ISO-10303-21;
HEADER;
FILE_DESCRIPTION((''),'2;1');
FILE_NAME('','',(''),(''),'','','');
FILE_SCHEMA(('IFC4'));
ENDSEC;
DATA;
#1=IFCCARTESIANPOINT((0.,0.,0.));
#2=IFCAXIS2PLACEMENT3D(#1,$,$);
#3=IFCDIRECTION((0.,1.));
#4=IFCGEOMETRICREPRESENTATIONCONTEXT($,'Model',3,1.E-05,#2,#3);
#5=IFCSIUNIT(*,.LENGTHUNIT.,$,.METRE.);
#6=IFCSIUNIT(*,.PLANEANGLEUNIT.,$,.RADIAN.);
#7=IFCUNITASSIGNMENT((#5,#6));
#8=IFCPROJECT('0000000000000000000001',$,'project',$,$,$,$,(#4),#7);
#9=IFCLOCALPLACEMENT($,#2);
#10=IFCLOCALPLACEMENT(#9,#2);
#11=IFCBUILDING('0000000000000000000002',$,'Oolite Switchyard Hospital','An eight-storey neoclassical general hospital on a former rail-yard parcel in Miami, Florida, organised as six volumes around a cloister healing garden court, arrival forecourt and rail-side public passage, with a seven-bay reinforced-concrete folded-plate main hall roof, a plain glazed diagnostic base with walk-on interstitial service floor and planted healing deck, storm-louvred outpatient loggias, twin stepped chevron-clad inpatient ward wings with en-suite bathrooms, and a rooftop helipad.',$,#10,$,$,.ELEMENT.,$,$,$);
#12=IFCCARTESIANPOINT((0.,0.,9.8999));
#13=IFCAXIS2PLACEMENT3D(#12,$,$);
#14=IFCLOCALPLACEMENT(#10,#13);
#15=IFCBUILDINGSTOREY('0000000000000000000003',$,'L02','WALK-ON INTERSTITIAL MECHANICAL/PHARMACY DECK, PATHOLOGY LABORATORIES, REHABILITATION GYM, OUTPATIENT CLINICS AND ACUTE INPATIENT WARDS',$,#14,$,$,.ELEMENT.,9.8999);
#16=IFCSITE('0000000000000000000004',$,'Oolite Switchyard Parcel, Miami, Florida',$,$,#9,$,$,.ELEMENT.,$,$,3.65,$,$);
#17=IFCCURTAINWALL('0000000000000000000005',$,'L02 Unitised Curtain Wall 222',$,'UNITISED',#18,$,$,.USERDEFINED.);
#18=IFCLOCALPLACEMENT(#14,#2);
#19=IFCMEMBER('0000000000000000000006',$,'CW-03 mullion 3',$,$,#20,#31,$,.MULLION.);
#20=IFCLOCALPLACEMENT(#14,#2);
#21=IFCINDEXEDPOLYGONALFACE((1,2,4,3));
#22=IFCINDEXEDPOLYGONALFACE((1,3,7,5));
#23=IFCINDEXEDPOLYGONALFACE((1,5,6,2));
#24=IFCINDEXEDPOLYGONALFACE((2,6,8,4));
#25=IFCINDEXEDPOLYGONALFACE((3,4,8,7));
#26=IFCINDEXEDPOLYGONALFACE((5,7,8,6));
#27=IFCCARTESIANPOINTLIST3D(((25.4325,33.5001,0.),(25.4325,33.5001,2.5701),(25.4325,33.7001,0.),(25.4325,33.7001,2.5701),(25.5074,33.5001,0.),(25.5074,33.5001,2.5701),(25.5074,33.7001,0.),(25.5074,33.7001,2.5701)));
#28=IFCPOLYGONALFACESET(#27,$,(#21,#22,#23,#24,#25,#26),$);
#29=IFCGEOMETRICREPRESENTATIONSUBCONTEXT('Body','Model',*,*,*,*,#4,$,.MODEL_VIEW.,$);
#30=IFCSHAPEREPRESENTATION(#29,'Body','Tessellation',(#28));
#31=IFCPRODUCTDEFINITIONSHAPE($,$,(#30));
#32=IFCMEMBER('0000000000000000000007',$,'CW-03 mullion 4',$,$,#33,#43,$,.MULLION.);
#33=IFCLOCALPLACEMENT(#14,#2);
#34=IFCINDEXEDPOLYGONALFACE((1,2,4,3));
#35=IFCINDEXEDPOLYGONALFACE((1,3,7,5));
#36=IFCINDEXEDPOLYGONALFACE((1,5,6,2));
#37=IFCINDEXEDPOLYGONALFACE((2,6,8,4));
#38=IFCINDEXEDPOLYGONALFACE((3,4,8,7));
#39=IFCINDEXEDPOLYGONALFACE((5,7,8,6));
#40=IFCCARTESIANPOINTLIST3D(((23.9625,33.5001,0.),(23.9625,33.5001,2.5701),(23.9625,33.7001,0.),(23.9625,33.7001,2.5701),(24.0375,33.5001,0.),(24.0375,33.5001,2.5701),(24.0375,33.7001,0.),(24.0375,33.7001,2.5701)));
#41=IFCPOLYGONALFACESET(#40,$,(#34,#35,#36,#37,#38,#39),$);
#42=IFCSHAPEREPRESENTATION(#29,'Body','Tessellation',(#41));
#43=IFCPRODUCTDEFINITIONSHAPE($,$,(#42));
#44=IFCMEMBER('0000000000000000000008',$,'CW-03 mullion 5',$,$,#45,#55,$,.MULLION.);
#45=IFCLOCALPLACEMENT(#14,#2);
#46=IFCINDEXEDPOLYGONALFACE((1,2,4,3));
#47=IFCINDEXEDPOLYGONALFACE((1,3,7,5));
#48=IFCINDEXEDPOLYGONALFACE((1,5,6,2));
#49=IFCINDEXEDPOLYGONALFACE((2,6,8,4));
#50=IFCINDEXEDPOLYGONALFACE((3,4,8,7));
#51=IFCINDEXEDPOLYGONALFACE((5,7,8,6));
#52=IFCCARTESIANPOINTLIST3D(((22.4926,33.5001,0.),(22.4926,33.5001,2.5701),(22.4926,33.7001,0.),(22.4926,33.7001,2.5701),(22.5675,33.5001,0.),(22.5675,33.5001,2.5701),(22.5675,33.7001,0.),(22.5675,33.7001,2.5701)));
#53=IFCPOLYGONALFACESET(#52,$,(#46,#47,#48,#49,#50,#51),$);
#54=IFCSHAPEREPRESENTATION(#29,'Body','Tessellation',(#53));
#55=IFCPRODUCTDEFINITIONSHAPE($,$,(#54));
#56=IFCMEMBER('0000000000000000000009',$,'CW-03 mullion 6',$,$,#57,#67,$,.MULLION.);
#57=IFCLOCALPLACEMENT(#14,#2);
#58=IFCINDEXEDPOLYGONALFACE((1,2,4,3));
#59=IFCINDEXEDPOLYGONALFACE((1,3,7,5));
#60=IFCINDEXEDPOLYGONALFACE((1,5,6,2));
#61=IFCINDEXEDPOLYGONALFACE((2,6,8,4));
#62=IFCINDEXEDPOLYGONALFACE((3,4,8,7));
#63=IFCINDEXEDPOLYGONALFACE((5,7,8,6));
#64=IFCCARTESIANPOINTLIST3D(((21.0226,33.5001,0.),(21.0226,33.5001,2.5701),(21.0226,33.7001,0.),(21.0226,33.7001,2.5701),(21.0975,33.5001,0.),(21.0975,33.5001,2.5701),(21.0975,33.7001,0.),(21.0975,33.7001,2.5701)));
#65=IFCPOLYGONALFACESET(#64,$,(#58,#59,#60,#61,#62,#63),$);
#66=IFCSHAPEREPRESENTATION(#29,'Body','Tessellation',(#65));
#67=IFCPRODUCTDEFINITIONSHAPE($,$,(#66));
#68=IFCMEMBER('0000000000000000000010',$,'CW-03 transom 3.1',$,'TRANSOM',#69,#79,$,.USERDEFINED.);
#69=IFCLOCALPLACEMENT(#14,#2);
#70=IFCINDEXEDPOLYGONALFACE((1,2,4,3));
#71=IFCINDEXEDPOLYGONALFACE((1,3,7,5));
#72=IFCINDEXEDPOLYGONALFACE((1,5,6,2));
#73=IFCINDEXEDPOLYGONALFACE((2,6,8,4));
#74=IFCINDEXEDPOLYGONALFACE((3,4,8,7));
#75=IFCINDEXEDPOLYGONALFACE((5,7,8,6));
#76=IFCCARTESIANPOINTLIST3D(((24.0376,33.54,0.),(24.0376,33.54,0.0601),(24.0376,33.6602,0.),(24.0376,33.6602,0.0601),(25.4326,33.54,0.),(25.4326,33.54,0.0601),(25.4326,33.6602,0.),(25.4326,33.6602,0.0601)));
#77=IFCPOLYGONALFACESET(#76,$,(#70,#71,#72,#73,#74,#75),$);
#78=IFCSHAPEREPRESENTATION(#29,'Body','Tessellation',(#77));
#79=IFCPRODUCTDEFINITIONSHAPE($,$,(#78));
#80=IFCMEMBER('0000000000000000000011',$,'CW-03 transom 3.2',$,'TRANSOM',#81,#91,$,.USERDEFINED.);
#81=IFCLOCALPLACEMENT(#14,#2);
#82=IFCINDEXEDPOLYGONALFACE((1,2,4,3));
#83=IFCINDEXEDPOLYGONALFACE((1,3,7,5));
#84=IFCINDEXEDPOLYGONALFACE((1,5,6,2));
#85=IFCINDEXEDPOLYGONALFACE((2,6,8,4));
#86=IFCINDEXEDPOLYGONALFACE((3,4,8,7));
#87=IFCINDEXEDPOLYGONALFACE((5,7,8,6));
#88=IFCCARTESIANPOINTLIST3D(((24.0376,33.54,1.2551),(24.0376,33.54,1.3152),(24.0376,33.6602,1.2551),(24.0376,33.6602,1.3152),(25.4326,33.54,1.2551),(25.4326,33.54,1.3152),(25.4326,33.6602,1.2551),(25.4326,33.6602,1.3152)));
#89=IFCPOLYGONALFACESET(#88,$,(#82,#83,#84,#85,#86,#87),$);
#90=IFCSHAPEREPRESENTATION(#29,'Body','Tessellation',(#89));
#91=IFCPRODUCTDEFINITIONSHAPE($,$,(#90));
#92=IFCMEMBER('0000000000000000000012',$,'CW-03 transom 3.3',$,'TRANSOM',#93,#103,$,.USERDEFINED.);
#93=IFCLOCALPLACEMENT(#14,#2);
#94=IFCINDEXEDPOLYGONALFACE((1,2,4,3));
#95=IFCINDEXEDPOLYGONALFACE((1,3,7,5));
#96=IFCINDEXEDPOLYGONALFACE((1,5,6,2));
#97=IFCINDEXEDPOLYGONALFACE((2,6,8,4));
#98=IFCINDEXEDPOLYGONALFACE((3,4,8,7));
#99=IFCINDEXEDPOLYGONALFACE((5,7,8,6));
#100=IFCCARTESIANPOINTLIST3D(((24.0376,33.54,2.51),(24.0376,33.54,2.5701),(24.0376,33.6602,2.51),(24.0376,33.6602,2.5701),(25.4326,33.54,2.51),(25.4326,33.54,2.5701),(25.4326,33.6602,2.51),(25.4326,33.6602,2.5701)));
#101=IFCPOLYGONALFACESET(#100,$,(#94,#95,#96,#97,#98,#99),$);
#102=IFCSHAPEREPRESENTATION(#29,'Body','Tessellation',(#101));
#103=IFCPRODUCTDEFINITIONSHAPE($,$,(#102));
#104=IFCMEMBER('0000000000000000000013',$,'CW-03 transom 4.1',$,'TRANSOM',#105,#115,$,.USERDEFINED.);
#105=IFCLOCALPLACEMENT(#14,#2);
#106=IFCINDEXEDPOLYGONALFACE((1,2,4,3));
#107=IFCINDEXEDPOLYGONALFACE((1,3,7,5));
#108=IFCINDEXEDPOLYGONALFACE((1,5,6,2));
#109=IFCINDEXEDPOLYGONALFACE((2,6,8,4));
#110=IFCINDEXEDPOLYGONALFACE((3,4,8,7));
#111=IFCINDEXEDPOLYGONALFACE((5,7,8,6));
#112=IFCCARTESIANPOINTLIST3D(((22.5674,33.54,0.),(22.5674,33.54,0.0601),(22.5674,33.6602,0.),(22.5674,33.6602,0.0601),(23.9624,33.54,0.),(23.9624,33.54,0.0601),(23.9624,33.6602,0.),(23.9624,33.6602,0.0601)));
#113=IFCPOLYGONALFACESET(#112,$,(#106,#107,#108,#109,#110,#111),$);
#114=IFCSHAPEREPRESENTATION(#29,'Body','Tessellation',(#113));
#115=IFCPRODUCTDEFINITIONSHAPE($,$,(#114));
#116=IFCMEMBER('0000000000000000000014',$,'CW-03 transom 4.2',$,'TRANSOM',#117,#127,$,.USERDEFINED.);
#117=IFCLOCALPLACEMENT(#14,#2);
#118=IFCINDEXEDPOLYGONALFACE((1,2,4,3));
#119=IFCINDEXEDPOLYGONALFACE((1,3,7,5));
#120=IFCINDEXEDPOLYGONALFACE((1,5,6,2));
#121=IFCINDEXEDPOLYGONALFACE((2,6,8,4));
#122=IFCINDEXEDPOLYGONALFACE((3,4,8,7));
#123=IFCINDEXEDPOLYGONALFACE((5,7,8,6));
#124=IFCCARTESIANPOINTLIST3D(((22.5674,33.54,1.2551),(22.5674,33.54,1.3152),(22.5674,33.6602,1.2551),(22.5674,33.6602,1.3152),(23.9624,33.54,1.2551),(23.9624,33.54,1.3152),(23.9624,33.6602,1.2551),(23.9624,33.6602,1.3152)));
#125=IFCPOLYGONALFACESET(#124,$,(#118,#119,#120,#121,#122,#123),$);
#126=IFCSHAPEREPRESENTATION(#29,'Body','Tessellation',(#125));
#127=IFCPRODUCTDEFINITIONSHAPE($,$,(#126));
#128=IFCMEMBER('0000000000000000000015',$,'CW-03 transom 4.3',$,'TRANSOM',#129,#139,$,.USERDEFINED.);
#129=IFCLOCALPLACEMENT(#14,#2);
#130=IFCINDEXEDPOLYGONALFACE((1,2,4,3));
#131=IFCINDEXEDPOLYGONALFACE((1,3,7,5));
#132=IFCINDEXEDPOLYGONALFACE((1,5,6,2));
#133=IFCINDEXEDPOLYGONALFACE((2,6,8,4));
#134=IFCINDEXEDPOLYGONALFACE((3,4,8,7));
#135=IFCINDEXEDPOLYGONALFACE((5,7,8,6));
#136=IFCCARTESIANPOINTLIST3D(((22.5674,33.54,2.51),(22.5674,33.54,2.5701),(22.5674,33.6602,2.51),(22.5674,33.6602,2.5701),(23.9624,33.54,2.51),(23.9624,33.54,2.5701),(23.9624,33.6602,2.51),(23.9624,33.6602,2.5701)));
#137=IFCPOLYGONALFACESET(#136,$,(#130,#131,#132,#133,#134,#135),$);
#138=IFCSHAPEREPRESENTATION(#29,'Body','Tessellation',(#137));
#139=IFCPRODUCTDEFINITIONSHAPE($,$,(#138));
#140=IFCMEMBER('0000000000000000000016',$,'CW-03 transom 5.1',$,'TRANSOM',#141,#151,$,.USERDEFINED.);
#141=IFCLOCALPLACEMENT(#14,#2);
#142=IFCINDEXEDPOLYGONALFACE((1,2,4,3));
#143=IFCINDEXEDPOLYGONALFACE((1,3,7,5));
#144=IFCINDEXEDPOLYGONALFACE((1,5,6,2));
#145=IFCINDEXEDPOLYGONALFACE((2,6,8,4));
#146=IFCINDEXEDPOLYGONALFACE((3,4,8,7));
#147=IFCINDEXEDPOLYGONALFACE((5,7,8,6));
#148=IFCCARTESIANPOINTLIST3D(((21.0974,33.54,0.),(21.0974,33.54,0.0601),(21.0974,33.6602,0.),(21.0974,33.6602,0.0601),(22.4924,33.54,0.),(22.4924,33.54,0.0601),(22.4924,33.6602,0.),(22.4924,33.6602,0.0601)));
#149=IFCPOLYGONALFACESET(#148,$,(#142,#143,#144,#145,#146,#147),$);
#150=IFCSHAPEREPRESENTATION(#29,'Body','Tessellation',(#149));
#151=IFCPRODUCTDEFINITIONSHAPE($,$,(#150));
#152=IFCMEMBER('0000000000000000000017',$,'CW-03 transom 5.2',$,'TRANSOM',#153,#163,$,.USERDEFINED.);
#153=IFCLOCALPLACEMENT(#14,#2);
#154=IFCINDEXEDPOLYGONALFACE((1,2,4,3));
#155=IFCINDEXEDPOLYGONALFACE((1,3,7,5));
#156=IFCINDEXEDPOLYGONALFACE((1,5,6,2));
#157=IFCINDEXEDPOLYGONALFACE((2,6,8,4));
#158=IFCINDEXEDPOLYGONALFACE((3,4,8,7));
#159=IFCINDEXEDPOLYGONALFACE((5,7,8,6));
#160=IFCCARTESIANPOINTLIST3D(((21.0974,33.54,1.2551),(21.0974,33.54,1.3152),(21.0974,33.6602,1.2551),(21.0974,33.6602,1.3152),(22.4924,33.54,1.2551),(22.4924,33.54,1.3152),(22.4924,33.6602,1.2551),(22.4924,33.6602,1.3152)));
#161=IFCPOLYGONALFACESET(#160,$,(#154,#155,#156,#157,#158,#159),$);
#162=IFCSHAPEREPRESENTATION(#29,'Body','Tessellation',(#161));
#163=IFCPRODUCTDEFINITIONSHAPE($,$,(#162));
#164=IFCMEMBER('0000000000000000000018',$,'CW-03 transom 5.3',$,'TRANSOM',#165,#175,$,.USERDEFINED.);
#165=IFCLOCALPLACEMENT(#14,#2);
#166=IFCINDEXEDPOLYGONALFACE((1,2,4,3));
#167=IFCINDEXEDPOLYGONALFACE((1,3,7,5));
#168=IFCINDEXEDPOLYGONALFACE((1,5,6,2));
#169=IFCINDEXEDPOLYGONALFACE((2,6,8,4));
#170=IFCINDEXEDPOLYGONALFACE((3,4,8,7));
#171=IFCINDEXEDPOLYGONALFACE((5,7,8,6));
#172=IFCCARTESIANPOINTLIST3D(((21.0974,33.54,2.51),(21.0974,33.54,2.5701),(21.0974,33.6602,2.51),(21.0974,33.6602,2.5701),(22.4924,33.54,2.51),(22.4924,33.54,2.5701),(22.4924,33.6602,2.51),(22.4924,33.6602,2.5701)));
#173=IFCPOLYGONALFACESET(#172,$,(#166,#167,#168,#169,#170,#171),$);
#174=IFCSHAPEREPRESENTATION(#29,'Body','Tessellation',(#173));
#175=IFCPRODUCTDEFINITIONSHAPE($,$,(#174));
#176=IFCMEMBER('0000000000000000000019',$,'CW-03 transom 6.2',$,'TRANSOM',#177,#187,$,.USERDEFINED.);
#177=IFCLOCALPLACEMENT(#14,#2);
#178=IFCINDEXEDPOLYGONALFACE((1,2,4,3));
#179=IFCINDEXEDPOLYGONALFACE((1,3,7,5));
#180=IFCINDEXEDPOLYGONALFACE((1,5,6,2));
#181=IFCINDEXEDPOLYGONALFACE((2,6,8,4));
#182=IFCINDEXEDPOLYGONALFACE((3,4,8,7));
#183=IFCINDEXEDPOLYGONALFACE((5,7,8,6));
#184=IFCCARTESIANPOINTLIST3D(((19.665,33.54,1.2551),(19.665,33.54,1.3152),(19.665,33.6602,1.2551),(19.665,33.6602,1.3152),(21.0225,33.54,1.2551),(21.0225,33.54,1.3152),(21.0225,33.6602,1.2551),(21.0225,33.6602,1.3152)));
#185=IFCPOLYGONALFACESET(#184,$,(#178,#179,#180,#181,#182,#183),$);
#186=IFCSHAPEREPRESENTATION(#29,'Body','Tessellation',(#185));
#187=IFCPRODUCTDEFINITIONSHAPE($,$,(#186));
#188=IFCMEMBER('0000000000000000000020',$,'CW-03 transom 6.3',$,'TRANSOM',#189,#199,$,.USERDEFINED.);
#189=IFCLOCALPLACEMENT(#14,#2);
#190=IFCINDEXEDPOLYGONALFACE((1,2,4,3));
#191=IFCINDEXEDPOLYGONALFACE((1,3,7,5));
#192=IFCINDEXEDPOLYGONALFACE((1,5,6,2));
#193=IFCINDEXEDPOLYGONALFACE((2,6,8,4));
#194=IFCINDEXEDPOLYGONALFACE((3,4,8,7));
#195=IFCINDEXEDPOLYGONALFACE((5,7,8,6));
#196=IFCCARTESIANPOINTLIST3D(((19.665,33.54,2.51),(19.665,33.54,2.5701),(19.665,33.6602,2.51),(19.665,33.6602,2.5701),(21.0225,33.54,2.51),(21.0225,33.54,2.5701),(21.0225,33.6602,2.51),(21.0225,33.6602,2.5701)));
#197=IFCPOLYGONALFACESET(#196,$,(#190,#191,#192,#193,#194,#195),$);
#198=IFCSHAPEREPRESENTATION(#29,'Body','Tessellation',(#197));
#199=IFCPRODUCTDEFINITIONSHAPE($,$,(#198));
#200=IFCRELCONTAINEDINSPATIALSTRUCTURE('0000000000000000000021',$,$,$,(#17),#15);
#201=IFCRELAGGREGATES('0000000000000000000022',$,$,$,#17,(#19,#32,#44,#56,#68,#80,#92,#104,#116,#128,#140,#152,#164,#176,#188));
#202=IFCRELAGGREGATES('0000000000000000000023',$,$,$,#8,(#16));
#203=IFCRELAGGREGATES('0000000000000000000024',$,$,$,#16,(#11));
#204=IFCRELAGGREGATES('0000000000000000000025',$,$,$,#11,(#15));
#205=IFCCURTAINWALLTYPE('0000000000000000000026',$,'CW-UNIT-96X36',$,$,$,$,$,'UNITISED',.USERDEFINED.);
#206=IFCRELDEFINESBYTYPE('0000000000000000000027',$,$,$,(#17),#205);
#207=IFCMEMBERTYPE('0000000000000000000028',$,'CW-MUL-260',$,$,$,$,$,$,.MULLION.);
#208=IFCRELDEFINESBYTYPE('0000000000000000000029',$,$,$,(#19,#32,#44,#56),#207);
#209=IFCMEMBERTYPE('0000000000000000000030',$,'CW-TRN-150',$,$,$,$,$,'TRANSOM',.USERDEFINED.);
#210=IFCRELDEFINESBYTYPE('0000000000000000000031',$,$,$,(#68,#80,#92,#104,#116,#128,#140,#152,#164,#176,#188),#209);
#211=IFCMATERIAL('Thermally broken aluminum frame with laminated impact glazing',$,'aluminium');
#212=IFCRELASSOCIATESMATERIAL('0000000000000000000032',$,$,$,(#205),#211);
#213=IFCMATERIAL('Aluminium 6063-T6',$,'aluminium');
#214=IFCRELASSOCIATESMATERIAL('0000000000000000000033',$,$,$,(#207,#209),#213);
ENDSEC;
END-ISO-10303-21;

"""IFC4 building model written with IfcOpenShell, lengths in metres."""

from ifc_helpers import new_model, si_unit, direction, frame, origin, origin_2d, place, context, subcontext, project, spatial, rectangle, extrude, material, material_profile, profile_set, type_object, element, aggregate, save


model = new_model("IFC4")

# Units and contexts
model_context = context("Model", 3, precision=1e-05, world=origin(), true_north=direction((0.0, 1.0)))
body_context = subcontext(model_context, "Body", "Model", "MODEL_VIEW")
ifc_project = project(units=[si_unit("LENGTHUNIT", "METRE"), si_unit("PLANEANGLEUNIT", "RADIAN")], contexts=[model_context])

# Site, building, storey
site_placement = place(None, origin())
site = spatial("IfcSite", under=ifc_project, at=site_placement, Name="Oolite Switchyard Parcel, Miami, Florida", CompositionType="ELEMENT", RefElevation=3.65)
building_placement = place(site_placement, origin())
building = spatial("IfcBuilding", under=site, at=building_placement, Name="Oolite Switchyard Hospital", Description="An eight-storey neoclassical general hospital on a former rail-yard parcel in Miami, Florida, organised as six volumes around a cloister healing garden court, arrival forecourt and rail-side public passage, with a seven-bay reinforced-concrete folded-plate main hall roof, a plain glazed diagnostic base with walk-on interstitial service floor and planted healing deck, storm-louvred outpatient loggias, twin stepped chevron-clad inpatient ward wings with en-suite bathrooms, and a rooftop helipad.", CompositionType="ELEMENT")
storey_placement = place(building_placement, frame((0.0, 0.0, 9.8999)))
storey = spatial("IfcBuildingStorey", under=building, at=storey_placement, Name="L02", Description="WALK-ON INTERSTITIAL MECHANICAL/PHARMACY DECK, PATHOLOGY LABORATORIES, REHABILITATION GYM, OUTPATIENT CLINICS AND ACUTE INPATIENT WARDS", CompositionType="ELEMENT", Elevation=9.8999)

# Curtain wall, members
ifc_material_1 = material(Name="Thermally broken aluminum frame with laminated impact glazing", Category="aluminium")
curtain_wall_type = type_object("IfcCurtainWallType", Name="CW-UNIT-96X36", ElementType="UNITISED", PredefinedType="USERDEFINED", material=ifc_material_1)
curtain_wall_placement = place(storey_placement, origin())
curtain_wall = element("IfcCurtainWall", 1, at=curtain_wall_placement, inside=storey, type_object=curtain_wall_type, Name="L02 Unitised Curtain Wall 222", ObjectType="UNITISED", PredefinedType="USERDEFINED")
ifc_material_2 = material(Name="Aluminium 6063-T6", Category="aluminium")
ifc_material_profile_1 = material_profile(ifc_material_2, rectangle(XDim=0.2, YDim=0.075, at=origin_2d()), Name="CWM75X200")
ifc_profile_set_1 = profile_set([ifc_material_profile_1], Name="Aluminium 6063-T6")
member_type_1 = type_object("IfcMemberType", Name="CW-MUL-260", PredefinedType="MULLION", material=ifc_profile_set_1)
member_1_placement = place(storey_placement, frame((25.47, 33.6001, 0.0), z_axis=(0.0, 0.0, 1.0), x_axis=(0.0, -1.0, 0.0)))
member_1 = element("IfcMember", 2, at=member_1_placement, type_object=member_type_1, Name="CW-03 mullion 3", PredefinedType="MULLION", context=body_context, shape_type="SweptSolid", body=[
    extrude(rectangle(XDim=0.2, YDim=0.075, at=origin_2d()), origin(), (0.0, 0.0, 1.0), 2.5701),
])
member_2_placement = place(storey_placement, frame((24.0, 33.6001, 0.0), z_axis=(0.0, 0.0, 1.0), x_axis=(0.0, -1.0, 0.0)))
member_2 = element("IfcMember", 3, at=member_2_placement, type_object=member_type_1, Name="CW-03 mullion 4", PredefinedType="MULLION", context=body_context, shape_type="SweptSolid", body=[
    extrude(rectangle(XDim=0.2, YDim=0.075, at=origin_2d()), origin(), (0.0, 0.0, 1.0), 2.5701),
])
member_3_placement = place(storey_placement, frame((22.53, 33.6001, 0.0), z_axis=(0.0, 0.0, 1.0), x_axis=(0.0, -1.0, 0.0)))
member_3 = element("IfcMember", 4, at=member_3_placement, type_object=member_type_1, Name="CW-03 mullion 5", PredefinedType="MULLION", context=body_context, shape_type="SweptSolid", body=[
    extrude(rectangle(XDim=0.2, YDim=0.075, at=origin_2d()), origin(), (0.0, 0.0, 1.0), 2.5701),
])
member_4_placement = place(storey_placement, frame((21.0601, 33.6001, 0.0), z_axis=(0.0, 0.0, 1.0), x_axis=(0.0, -1.0, 0.0)))
member_4 = element("IfcMember", 5, at=member_4_placement, type_object=member_type_1, Name="CW-03 mullion 6", PredefinedType="MULLION", context=body_context, shape_type="SweptSolid", body=[
    extrude(rectangle(XDim=0.2, YDim=0.075, at=origin_2d()), origin(), (0.0, 0.0, 1.0), 2.5701),
])
ifc_material_profile_2 = material_profile(ifc_material_2, rectangle(XDim=0.1201, YDim=0.0601, at=origin_2d()), Name="CWT60X120")
ifc_profile_set_2 = profile_set([ifc_material_profile_2], Name="Aluminium 6063-T6")
member_type_2 = type_object("IfcMemberType", Name="CW-TRN-150", ElementType="TRANSOM", PredefinedType="USERDEFINED", material=ifc_profile_set_2)
member_5_placement = place(storey_placement, frame((25.4326, 33.6001, 0.03), z_axis=(-1.0, 0.0, 0.0), x_axis=(0.0, -1.0, 0.0)))
member_5 = element("IfcMember", 6, at=member_5_placement, type_object=member_type_2, Name="CW-03 transom 3.1", ObjectType="TRANSOM", PredefinedType="USERDEFINED", context=body_context, shape_type="SweptSolid", body=[
    extrude(rectangle(XDim=0.1201, YDim=0.0601, at=origin_2d()), origin(), (0.0, 0.0, 1.0), 1.395),
])
member_6_placement = place(storey_placement, frame((25.4326, 33.6001, 1.2852), z_axis=(-1.0, 0.0, 0.0), x_axis=(0.0, -1.0, 0.0)))
member_6 = element("IfcMember", 7, at=member_6_placement, type_object=member_type_2, Name="CW-03 transom 3.2", ObjectType="TRANSOM", PredefinedType="USERDEFINED", context=body_context, shape_type="SweptSolid", body=[
    extrude(rectangle(XDim=0.1201, YDim=0.0601, at=origin_2d()), origin(), (0.0, 0.0, 1.0), 1.395),
])
member_7_placement = place(storey_placement, frame((25.4326, 33.6001, 2.54), z_axis=(-1.0, 0.0, 0.0), x_axis=(0.0, -1.0, 0.0)))
member_7 = element("IfcMember", 8, at=member_7_placement, type_object=member_type_2, Name="CW-03 transom 3.3", ObjectType="TRANSOM", PredefinedType="USERDEFINED", context=body_context, shape_type="SweptSolid", body=[
    extrude(rectangle(XDim=0.1201, YDim=0.0601, at=origin_2d()), origin(), (0.0, 0.0, 1.0), 1.395),
])
member_8_placement = place(storey_placement, frame((23.9624, 33.6001, 0.03), z_axis=(-1.0, 0.0, 0.0), x_axis=(0.0, -1.0, 0.0)))
member_8 = element("IfcMember", 9, at=member_8_placement, type_object=member_type_2, Name="CW-03 transom 4.1", ObjectType="TRANSOM", PredefinedType="USERDEFINED", context=body_context, shape_type="SweptSolid", body=[
    extrude(rectangle(XDim=0.1201, YDim=0.0601, at=origin_2d()), origin(), (0.0, 0.0, 1.0), 1.395),
])
member_9_placement = place(storey_placement, frame((23.9624, 33.6001, 1.2852), z_axis=(-1.0, 0.0, 0.0), x_axis=(0.0, -1.0, 0.0)))
member_9 = element("IfcMember", 10, at=member_9_placement, type_object=member_type_2, Name="CW-03 transom 4.2", ObjectType="TRANSOM", PredefinedType="USERDEFINED", context=body_context, shape_type="SweptSolid", body=[
    extrude(rectangle(XDim=0.1201, YDim=0.0601, at=origin_2d()), origin(), (0.0, 0.0, 1.0), 1.395),
])
member_10_placement = place(storey_placement, frame((23.9624, 33.6001, 2.54), z_axis=(-1.0, 0.0, 0.0), x_axis=(0.0, -1.0, 0.0)))
member_10 = element("IfcMember", 11, at=member_10_placement, type_object=member_type_2, Name="CW-03 transom 4.3", ObjectType="TRANSOM", PredefinedType="USERDEFINED", context=body_context, shape_type="SweptSolid", body=[
    extrude(rectangle(XDim=0.1201, YDim=0.0601, at=origin_2d()), origin(), (0.0, 0.0, 1.0), 1.395),
])
member_11_placement = place(storey_placement, frame((22.4924, 33.6001, 0.03), z_axis=(-1.0, 0.0, 0.0), x_axis=(0.0, -1.0, 0.0)))
member_11 = element("IfcMember", 12, at=member_11_placement, type_object=member_type_2, Name="CW-03 transom 5.1", ObjectType="TRANSOM", PredefinedType="USERDEFINED", context=body_context, shape_type="SweptSolid", body=[
    extrude(rectangle(XDim=0.1201, YDim=0.0601, at=origin_2d()), origin(), (0.0, 0.0, 1.0), 1.395),
])
member_12_placement = place(storey_placement, frame((22.4924, 33.6001, 1.2852), z_axis=(-1.0, 0.0, 0.0), x_axis=(0.0, -1.0, 0.0)))
member_12 = element("IfcMember", 13, at=member_12_placement, type_object=member_type_2, Name="CW-03 transom 5.2", ObjectType="TRANSOM", PredefinedType="USERDEFINED", context=body_context, shape_type="SweptSolid", body=[
    extrude(rectangle(XDim=0.1201, YDim=0.0601, at=origin_2d()), origin(), (0.0, 0.0, 1.0), 1.395),
])
member_13_placement = place(storey_placement, frame((22.4924, 33.6001, 2.54), z_axis=(-1.0, 0.0, 0.0), x_axis=(0.0, -1.0, 0.0)))
member_13 = element("IfcMember", 14, at=member_13_placement, type_object=member_type_2, Name="CW-03 transom 5.3", ObjectType="TRANSOM", PredefinedType="USERDEFINED", context=body_context, shape_type="SweptSolid", body=[
    extrude(rectangle(XDim=0.1201, YDim=0.0601, at=origin_2d()), origin(), (0.0, 0.0, 1.0), 1.395),
])
member_14_placement = place(storey_placement, frame((21.0225, 33.6001, 1.2852), z_axis=(-1.0, 0.0, 0.0), x_axis=(0.0, -1.0, 0.0)))
member_14 = element("IfcMember", 15, at=member_14_placement, type_object=member_type_2, Name="CW-03 transom 6.2", ObjectType="TRANSOM", PredefinedType="USERDEFINED", context=body_context, shape_type="SweptSolid", body=[
    extrude(rectangle(XDim=0.1201, YDim=0.0601, at=origin_2d()), origin(), (0.0, 0.0, 1.0), 1.3574),
])
member_15_placement = place(storey_placement, frame((21.0225, 33.6001, 2.54), z_axis=(-1.0, 0.0, 0.0), x_axis=(0.0, -1.0, 0.0)))
member_15 = element("IfcMember", 16, at=member_15_placement, type_object=member_type_2, Name="CW-03 transom 6.3", ObjectType="TRANSOM", PredefinedType="USERDEFINED", context=body_context, shape_type="SweptSolid", body=[
    extrude(rectangle(XDim=0.1201, YDim=0.0601, at=origin_2d()), origin(), (0.0, 0.0, 1.0), 1.3574),
])
aggregate(curtain_wall, [member_1, member_2, member_3, member_4, member_5, member_6, member_7, member_8, member_9, member_10, member_11, member_12, member_13, member_14, member_15])

save(model, "model.ifc")
